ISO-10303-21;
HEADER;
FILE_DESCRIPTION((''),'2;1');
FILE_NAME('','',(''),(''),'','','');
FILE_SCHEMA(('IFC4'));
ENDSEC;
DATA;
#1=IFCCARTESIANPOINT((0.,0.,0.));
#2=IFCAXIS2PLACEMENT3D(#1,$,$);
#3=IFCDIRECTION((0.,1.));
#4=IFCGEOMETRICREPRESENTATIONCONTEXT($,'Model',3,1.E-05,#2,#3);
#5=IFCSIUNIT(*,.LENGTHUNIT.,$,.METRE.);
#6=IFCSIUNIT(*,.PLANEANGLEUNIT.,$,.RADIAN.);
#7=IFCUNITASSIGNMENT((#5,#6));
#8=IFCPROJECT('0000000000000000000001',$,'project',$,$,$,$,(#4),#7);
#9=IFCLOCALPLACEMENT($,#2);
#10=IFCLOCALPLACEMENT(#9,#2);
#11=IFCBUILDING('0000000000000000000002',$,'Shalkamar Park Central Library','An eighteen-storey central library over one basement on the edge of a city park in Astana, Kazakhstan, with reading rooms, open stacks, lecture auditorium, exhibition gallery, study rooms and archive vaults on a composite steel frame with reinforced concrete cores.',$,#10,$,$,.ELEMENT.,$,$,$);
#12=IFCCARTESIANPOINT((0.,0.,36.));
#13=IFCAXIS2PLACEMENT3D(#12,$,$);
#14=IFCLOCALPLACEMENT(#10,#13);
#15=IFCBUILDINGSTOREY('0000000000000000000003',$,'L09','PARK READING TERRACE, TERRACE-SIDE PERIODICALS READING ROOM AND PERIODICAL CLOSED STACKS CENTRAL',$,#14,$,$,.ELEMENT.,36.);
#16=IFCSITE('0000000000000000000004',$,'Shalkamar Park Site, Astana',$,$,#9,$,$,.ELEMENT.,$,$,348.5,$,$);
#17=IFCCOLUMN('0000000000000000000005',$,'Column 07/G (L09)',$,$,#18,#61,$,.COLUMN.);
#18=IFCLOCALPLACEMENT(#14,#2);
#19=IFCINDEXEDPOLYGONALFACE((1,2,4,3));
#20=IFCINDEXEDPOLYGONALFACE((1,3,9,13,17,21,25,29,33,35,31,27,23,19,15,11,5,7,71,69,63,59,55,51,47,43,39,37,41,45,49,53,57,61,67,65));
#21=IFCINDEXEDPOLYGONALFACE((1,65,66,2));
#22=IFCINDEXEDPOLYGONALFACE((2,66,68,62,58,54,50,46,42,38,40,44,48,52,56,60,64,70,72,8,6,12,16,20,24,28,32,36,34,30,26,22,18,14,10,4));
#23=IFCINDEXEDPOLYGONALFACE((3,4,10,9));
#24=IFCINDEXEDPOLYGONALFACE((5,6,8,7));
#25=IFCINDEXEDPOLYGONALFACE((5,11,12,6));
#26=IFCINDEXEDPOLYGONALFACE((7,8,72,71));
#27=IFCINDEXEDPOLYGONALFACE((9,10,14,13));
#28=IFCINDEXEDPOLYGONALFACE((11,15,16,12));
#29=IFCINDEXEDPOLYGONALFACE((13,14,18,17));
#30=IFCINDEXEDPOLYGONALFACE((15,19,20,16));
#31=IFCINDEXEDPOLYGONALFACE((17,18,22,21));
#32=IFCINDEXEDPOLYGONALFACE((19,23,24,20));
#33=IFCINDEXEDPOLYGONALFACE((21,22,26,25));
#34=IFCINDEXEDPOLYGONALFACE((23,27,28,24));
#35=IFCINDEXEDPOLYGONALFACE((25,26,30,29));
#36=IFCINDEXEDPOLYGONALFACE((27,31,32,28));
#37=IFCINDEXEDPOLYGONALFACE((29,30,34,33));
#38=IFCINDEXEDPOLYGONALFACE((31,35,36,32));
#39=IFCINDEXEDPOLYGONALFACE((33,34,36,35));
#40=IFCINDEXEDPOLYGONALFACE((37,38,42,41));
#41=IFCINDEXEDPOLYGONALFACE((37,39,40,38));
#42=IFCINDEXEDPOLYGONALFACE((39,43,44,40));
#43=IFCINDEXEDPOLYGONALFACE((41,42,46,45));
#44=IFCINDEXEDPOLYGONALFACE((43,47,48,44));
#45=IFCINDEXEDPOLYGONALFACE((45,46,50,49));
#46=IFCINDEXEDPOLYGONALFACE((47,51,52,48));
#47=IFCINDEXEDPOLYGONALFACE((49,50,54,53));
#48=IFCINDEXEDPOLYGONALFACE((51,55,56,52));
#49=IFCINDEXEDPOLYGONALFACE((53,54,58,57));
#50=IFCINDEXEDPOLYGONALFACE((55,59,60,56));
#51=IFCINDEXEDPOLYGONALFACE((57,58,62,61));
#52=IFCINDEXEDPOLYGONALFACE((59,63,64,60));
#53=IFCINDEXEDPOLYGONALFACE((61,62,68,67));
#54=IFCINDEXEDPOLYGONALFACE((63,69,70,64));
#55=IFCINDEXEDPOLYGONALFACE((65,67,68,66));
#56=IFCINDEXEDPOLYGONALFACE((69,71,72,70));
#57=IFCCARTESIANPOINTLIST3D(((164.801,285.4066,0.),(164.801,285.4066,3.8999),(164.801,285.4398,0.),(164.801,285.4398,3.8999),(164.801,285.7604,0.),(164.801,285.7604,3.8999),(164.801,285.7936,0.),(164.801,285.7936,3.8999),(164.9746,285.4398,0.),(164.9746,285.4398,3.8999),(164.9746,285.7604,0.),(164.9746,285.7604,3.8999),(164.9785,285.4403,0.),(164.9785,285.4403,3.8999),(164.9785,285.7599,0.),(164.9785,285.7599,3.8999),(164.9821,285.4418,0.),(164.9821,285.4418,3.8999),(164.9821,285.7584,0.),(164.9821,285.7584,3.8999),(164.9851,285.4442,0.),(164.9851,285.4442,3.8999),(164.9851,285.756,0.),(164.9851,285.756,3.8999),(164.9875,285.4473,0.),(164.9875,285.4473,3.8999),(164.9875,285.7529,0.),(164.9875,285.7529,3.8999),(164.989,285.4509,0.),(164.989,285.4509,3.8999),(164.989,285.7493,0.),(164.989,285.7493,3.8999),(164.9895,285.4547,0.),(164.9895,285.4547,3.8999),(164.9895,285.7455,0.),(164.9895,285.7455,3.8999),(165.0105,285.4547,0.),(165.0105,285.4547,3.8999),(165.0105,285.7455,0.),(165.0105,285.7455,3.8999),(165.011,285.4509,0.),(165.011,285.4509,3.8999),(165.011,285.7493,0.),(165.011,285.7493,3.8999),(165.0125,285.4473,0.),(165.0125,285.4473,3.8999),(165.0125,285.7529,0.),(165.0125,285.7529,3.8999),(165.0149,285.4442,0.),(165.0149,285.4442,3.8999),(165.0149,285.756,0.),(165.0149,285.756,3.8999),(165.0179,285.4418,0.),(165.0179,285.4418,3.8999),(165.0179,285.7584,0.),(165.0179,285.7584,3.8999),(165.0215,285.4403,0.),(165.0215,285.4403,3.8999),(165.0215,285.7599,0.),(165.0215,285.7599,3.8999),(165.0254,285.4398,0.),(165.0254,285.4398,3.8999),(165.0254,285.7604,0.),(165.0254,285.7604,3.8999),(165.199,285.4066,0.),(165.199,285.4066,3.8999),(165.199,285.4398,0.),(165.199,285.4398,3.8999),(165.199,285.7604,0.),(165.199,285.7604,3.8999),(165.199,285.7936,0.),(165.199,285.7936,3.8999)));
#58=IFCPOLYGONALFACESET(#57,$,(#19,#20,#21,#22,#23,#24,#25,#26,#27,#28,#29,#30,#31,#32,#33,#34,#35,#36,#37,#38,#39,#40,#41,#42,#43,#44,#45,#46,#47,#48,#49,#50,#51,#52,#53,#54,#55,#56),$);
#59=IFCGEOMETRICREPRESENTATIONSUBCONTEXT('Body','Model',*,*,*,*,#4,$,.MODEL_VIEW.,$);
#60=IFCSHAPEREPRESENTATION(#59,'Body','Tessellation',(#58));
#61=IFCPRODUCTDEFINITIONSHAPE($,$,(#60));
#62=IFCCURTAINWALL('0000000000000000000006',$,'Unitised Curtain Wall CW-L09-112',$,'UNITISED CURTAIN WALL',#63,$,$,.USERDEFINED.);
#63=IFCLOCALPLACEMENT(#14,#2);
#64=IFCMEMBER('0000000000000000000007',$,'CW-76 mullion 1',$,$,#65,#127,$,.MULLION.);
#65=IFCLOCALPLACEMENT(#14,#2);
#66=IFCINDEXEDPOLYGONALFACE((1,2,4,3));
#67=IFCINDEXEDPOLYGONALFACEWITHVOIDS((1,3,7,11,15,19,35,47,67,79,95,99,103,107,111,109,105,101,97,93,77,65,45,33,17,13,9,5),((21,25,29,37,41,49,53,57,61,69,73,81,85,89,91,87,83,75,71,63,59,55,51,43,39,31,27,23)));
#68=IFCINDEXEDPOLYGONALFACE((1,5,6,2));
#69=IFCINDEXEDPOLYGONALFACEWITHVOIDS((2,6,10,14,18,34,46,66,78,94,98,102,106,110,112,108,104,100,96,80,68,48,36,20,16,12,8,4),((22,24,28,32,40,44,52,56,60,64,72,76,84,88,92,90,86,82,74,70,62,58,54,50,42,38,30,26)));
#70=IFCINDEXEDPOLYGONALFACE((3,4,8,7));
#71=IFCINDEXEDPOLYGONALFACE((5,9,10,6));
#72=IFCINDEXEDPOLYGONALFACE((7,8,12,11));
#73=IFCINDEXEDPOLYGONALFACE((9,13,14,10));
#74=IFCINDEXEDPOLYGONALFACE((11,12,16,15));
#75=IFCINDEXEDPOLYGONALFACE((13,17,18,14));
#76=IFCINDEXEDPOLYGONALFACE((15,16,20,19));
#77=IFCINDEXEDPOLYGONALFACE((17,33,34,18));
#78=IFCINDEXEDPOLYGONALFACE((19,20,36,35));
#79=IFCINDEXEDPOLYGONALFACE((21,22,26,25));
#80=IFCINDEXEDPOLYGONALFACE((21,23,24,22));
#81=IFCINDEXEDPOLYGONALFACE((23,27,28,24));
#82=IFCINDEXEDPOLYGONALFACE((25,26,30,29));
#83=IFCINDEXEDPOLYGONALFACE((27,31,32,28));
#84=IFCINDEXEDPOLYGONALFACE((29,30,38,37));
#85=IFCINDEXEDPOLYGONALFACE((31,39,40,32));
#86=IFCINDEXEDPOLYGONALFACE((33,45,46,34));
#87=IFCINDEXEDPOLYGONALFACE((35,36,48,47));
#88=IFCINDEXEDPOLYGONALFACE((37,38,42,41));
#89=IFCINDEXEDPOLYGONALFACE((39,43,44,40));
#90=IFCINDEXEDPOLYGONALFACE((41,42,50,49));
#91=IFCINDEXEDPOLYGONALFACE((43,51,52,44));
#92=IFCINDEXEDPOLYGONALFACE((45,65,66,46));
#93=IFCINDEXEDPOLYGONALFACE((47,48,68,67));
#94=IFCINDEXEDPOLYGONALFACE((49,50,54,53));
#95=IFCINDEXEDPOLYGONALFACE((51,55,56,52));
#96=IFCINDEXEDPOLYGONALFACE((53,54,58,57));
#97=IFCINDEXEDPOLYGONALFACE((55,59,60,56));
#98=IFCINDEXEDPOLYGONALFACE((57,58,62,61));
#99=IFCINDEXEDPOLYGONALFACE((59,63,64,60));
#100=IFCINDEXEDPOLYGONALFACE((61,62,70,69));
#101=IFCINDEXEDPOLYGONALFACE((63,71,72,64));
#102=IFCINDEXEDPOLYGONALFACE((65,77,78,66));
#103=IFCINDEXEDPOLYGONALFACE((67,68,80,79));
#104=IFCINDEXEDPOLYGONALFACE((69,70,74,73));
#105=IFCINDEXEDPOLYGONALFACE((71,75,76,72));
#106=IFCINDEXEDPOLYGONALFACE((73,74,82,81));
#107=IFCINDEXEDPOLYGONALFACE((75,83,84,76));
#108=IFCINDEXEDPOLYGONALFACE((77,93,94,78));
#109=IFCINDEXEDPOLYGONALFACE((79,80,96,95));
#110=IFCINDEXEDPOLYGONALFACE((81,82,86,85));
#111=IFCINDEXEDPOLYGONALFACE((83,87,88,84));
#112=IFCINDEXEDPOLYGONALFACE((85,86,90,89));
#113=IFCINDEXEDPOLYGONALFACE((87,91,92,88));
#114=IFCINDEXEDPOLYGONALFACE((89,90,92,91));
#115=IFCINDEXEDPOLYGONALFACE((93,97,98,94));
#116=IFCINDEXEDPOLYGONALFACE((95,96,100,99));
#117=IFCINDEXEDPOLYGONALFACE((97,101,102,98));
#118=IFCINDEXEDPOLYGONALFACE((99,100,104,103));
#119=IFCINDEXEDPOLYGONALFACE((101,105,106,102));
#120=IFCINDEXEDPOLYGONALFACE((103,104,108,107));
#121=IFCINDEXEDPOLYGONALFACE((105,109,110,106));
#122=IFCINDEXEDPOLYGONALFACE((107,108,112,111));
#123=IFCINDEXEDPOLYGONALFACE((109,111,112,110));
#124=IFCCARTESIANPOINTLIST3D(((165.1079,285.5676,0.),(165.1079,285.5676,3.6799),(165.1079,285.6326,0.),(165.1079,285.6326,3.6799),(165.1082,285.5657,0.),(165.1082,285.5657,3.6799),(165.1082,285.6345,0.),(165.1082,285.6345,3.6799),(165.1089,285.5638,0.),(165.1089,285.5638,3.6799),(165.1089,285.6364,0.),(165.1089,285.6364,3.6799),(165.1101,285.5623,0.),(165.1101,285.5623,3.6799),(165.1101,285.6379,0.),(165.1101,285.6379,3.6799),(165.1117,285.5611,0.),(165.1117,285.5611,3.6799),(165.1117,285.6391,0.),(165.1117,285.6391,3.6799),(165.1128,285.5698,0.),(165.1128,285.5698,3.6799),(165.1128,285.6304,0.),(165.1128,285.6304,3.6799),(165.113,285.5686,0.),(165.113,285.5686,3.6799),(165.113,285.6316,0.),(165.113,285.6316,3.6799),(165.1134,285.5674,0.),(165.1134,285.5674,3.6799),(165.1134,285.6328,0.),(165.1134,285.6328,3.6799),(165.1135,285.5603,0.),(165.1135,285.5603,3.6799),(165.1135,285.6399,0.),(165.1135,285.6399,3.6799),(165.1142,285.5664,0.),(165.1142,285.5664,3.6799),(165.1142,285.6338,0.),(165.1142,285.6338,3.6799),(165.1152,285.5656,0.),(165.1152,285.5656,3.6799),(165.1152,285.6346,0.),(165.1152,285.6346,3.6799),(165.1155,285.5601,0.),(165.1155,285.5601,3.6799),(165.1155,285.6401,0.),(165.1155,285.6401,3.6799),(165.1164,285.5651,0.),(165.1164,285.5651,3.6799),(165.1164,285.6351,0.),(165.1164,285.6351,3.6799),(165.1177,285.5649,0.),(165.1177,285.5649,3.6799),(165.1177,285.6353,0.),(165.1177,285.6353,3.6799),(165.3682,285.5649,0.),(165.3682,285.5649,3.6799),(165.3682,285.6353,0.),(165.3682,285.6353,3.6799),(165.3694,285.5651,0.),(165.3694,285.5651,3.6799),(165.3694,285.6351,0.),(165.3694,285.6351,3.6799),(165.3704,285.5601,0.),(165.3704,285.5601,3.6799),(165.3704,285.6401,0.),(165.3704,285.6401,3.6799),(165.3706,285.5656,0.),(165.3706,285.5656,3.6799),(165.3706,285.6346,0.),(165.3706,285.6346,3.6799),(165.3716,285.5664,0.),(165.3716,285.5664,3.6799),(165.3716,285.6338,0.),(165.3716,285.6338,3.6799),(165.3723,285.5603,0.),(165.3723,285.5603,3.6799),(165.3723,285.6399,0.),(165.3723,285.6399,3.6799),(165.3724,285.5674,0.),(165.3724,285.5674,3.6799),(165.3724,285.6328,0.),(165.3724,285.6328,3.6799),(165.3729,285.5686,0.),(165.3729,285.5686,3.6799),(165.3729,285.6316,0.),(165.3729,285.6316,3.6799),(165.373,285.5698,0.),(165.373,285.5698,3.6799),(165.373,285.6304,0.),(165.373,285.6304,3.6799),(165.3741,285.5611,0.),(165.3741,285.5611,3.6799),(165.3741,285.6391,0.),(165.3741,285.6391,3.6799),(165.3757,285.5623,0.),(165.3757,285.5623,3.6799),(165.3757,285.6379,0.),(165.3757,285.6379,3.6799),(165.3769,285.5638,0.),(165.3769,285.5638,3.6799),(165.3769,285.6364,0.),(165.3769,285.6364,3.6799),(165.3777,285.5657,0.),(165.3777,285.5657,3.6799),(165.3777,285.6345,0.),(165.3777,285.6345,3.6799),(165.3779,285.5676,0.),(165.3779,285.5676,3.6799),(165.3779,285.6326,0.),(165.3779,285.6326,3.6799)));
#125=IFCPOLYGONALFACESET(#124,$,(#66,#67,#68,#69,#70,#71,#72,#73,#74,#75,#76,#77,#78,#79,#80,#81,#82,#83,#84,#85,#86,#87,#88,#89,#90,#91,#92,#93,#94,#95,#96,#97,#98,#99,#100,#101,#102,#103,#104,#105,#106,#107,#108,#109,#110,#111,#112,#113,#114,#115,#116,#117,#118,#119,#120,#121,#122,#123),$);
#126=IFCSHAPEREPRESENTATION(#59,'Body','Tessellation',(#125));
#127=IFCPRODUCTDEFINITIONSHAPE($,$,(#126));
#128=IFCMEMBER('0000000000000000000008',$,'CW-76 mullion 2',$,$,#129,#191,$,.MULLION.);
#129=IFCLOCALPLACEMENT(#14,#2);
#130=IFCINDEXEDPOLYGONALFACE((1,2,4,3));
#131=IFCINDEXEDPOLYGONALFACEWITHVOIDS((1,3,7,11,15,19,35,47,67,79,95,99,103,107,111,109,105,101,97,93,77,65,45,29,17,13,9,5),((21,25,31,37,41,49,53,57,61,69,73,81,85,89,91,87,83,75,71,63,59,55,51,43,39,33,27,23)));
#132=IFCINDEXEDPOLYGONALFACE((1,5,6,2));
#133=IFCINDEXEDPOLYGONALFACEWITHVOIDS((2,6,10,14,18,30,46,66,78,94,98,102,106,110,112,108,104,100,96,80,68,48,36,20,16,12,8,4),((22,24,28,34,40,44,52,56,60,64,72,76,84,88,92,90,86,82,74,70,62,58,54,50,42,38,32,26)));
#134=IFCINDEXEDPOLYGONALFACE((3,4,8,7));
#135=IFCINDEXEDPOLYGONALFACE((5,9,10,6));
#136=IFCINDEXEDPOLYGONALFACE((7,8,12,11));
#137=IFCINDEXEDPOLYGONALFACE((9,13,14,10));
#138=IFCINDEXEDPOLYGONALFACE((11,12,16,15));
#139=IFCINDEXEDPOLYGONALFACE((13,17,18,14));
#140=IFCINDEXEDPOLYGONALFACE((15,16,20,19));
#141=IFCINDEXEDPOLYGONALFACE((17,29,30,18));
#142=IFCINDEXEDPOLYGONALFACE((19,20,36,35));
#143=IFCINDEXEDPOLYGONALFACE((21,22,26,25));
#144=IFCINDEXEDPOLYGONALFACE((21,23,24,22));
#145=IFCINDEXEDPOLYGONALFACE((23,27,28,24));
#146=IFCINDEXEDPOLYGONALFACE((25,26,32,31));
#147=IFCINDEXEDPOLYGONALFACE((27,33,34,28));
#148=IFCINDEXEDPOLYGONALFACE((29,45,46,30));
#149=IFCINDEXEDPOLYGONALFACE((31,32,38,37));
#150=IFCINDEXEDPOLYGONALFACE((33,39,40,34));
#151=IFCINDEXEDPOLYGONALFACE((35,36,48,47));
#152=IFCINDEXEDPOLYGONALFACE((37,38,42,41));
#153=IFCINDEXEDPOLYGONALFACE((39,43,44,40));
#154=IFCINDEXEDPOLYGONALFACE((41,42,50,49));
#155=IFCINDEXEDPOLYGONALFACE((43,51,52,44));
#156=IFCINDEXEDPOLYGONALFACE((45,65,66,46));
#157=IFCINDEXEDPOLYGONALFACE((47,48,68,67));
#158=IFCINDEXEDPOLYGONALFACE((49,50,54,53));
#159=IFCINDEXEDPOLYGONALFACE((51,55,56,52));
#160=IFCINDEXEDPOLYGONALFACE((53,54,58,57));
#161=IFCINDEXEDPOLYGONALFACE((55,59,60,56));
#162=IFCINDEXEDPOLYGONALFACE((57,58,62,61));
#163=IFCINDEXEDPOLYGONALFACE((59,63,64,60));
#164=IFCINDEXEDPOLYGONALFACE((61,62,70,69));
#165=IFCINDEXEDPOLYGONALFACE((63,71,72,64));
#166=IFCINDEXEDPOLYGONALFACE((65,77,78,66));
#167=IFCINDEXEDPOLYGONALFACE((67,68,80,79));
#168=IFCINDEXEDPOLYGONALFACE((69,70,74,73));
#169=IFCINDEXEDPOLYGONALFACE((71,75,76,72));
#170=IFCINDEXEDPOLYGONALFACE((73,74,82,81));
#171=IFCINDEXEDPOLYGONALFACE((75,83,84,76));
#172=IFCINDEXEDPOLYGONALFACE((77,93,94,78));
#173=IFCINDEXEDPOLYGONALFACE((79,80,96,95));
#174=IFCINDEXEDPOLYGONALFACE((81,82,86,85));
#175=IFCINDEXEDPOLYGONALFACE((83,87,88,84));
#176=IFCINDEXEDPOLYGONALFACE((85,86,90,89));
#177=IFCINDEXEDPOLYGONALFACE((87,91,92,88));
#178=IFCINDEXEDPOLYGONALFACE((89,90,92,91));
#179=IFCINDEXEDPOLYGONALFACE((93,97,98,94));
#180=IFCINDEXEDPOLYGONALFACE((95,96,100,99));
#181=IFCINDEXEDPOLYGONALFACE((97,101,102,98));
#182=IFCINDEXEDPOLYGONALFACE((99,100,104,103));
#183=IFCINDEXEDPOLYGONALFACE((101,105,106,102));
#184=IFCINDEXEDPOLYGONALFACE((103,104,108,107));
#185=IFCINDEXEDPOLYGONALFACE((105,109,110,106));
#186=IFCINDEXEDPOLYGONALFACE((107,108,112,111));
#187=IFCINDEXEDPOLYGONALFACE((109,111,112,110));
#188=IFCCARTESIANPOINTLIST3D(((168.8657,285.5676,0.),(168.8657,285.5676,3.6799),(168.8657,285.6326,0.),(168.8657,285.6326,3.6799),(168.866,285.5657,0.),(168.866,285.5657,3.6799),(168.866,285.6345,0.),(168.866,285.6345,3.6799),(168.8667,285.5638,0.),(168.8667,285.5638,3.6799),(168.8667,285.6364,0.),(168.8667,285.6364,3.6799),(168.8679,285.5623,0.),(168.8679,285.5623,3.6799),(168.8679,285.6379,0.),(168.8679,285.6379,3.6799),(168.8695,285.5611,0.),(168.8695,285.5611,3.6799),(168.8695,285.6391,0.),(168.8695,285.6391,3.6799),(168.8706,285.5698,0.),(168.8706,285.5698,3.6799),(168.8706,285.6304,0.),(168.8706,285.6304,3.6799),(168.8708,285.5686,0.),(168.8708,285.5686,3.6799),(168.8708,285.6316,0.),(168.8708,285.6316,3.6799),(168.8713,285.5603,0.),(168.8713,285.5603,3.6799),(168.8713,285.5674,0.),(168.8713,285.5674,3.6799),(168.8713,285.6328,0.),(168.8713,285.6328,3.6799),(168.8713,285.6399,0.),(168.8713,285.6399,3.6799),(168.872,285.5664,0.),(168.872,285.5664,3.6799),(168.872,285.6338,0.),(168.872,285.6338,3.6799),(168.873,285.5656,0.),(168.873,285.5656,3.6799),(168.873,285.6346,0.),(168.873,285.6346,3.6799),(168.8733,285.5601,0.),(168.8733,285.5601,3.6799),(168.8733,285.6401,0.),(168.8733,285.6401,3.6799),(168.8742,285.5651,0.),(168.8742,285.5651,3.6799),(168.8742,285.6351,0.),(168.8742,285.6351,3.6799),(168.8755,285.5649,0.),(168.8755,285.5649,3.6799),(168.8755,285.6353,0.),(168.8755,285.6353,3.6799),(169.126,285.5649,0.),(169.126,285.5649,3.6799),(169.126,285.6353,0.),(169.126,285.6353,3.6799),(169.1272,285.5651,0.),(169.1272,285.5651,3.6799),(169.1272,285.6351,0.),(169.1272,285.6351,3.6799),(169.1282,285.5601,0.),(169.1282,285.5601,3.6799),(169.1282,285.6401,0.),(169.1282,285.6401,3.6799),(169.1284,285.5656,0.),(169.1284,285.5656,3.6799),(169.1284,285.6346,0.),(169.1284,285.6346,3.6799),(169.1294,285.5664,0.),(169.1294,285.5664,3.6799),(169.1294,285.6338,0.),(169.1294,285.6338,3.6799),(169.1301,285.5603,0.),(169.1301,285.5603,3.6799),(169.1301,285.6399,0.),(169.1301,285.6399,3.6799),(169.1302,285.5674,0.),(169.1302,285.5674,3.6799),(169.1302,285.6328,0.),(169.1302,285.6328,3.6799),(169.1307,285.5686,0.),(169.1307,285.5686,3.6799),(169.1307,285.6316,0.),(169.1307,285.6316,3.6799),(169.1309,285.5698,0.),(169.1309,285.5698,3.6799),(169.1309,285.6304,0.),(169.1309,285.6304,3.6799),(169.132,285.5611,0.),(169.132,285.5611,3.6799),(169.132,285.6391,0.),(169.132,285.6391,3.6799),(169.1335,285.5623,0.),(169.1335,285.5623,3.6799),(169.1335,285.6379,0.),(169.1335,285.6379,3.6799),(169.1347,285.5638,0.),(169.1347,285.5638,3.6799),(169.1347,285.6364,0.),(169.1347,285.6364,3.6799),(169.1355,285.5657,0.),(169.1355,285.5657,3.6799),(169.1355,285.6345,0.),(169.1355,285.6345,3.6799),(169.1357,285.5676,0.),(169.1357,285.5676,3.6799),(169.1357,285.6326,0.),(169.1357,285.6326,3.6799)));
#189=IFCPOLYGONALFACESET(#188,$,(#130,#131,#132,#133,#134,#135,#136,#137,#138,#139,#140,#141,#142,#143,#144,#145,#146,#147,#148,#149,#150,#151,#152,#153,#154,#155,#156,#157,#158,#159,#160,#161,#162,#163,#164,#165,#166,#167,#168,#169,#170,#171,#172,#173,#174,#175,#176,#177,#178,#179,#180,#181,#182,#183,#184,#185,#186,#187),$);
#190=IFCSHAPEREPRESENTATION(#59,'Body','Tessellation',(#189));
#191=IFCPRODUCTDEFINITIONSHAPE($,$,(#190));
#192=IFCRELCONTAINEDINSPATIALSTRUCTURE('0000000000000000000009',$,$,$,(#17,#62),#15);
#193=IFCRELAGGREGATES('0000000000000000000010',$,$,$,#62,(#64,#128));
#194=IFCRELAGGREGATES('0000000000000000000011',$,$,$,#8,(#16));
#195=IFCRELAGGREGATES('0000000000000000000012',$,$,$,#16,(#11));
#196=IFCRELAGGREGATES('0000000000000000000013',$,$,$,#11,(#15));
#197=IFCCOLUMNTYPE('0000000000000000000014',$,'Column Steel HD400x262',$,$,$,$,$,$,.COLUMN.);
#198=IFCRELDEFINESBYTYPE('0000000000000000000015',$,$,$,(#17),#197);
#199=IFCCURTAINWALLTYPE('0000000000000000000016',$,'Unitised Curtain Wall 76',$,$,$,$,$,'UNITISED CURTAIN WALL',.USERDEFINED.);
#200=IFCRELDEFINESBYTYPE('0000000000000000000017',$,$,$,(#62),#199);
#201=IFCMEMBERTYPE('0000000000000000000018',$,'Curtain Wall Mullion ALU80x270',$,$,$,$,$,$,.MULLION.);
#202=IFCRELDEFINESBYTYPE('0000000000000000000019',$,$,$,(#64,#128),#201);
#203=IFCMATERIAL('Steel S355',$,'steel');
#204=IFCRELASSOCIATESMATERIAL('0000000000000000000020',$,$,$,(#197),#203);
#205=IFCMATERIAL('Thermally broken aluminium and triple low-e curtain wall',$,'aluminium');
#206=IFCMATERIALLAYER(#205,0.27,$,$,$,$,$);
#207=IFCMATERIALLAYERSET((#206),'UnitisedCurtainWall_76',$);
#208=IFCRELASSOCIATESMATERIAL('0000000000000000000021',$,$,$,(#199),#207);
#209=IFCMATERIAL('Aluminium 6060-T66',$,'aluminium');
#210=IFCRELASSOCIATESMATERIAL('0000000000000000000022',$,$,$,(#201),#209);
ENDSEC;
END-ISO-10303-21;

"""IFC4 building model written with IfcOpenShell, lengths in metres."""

from ifc_helpers import new_model, si_unit, direction, frame, origin, origin_2d, place, context, subcontext, project, spatial, hollow_rectangle, i_section, extrude, material, layer, layer_set, material_profile, profile_set, type_object, element, aggregate, save


model = new_model("IFC4")

# Units and contexts
model_context = context("Model", 3, precision=1e-05, world=origin(), true_north=direction((0.0, 1.0)))
body_context = subcontext(model_context, "Body", "Model", "MODEL_VIEW")
ifc_project = project(units=[si_unit("LENGTHUNIT", "METRE"), si_unit("PLANEANGLEUNIT", "RADIAN")], contexts=[model_context])

# Site, building, storey
site_placement = place(None, origin())
site = spatial("IfcSite", under=ifc_project, at=site_placement, Name="Shalkamar Park Site, Astana", CompositionType="ELEMENT", RefElevation=348.5)
building_placement = place(site_placement, origin())
building = spatial("IfcBuilding", under=site, at=building_placement, Name="Shalkamar Park Central Library", Description="An eighteen-storey central library over one basement on the edge of a city park in Astana, Kazakhstan, with reading rooms, open stacks, lecture auditorium, exhibition gallery, study rooms and archive vaults on a composite steel frame with reinforced concrete cores.", CompositionType="ELEMENT")
storey_placement = place(building_placement, frame((0.0, 0.0, 36.0)))
storey = spatial("IfcBuildingStorey", under=building, at=storey_placement, Name="L09", Description="PARK READING TERRACE, TERRACE-SIDE PERIODICALS READING ROOM AND PERIODICAL CLOSED STACKS CENTRAL", CompositionType="ELEMENT", Elevation=36.0)

# Column
ifc_material_1 = material(Name="Steel S355", Category="steel")
ifc_material_profile_1 = material_profile(ifc_material_1, i_section(OverallWidth=0.3979, OverallDepth=0.387, WebThickness=0.021, FlangeThickness=0.0332, FilletRadius=0.0149, at=origin_2d()), Name="HD 400x262")
ifc_profile_set_1 = profile_set([ifc_material_profile_1], Name="Steel S355")
column_type = type_object("IfcColumnType", Name="Column Steel HD400x262", PredefinedType="COLUMN", material=ifc_profile_set_1)
column_placement = place(storey_placement, frame((165.0, 285.6001, 0.0), z_axis=(0.0, 0.0, 1.0), x_axis=(1.0, 0.0, 0.0)))
element("IfcColumn", 1, at=column_placement, inside=storey, type_object=column_type, Name="Column 07/G (L09)", PredefinedType="COLUMN", context=body_context, shape_type="SweptSolid", body=[
    extrude(i_section(OverallWidth=0.3979, OverallDepth=0.387, WebThickness=0.021, FlangeThickness=0.0332, FilletRadius=0.0149, at=origin_2d()), origin(), (0.0, 0.0, 1.0), 3.8999),
])

# Curtain wall, members
ifc_material_2 = material(Name="Thermally broken aluminium and triple low-e curtain wall", Category="aluminium")
ifc_layer_1 = layer(ifc_material_2, 0.27)
ifc_layer_set_1 = layer_set([ifc_layer_1], Name="UnitisedCurtainWall_76")
curtain_wall_type_1 = type_object("IfcCurtainWallType", Name="Unitised Curtain Wall 76", ElementType="UNITISED CURTAIN WALL", PredefinedType="USERDEFINED", material=ifc_layer_set_1)
curtain_wall_1_placement = place(storey_placement, origin())
curtain_wall_1 = element("IfcCurtainWall", 2, at=curtain_wall_1_placement, inside=storey, type_object=curtain_wall_type_1, Name="Unitised Curtain Wall CW-L09-112", ObjectType="UNITISED CURTAIN WALL", PredefinedType="USERDEFINED")
ifc_material_3 = material(Name="Aluminium 6060-T66", Category="aluminium")
ifc_material_profile_2 = material_profile(ifc_material_3, hollow_rectangle(XDim=0.0801, YDim=0.27, WallThickness=0.0049, InnerFilletRadius=0.0049, OuterFilletRadius=0.0076, at=origin_2d()), Name="ALU 80x270x5")
ifc_profile_set_2 = profile_set([ifc_material_profile_2], Name="Aluminium 6060-T66")
member_type_1 = type_object("IfcMemberType", Name="Curtain Wall Mullion ALU80x270", PredefinedType="MULLION", material=ifc_profile_set_2)
member_1_placement = place(storey_placement, frame((165.2429, 285.6001, 0.0), z_axis=(0.0, 0.0, 1.0), x_axis=(0.0, 1.0, 0.0)))
member_1 = element("IfcMember", 3, at=member_1_placement, type_object=member_type_1, Name="CW-76 mullion 1", PredefinedType="MULLION", context=body_context, shape_type="SweptSolid", body=[
    extrude(hollow_rectangle(XDim=0.0801, YDim=0.27, WallThickness=0.0049, InnerFilletRadius=0.0049, OuterFilletRadius=0.0076, at=origin_2d()), origin(), (0.0, 0.0, 1.0), 3.6799),
])
member_2_placement = place(storey_placement, frame((169.0007, 285.6001, 0.0), z_axis=(0.0, 0.0, 1.0), x_axis=(0.0, 1.0, 0.0)))
member_2 = element("IfcMember", 4, at=member_2_placement, type_object=member_type_1, Name="CW-76 mullion 2", PredefinedType="MULLION", context=body_context, shape_type="SweptSolid", body=[
    extrude(hollow_rectangle(XDim=0.0801, YDim=0.27, WallThickness=0.0049, InnerFilletRadius=0.0049, OuterFilletRadius=0.0076, at=origin_2d()), origin(), (0.0, 0.0, 1.0), 3.6799),
])

aggregate(curtain_wall_1, [member_1, member_2])

save(model, "model.ifc")
